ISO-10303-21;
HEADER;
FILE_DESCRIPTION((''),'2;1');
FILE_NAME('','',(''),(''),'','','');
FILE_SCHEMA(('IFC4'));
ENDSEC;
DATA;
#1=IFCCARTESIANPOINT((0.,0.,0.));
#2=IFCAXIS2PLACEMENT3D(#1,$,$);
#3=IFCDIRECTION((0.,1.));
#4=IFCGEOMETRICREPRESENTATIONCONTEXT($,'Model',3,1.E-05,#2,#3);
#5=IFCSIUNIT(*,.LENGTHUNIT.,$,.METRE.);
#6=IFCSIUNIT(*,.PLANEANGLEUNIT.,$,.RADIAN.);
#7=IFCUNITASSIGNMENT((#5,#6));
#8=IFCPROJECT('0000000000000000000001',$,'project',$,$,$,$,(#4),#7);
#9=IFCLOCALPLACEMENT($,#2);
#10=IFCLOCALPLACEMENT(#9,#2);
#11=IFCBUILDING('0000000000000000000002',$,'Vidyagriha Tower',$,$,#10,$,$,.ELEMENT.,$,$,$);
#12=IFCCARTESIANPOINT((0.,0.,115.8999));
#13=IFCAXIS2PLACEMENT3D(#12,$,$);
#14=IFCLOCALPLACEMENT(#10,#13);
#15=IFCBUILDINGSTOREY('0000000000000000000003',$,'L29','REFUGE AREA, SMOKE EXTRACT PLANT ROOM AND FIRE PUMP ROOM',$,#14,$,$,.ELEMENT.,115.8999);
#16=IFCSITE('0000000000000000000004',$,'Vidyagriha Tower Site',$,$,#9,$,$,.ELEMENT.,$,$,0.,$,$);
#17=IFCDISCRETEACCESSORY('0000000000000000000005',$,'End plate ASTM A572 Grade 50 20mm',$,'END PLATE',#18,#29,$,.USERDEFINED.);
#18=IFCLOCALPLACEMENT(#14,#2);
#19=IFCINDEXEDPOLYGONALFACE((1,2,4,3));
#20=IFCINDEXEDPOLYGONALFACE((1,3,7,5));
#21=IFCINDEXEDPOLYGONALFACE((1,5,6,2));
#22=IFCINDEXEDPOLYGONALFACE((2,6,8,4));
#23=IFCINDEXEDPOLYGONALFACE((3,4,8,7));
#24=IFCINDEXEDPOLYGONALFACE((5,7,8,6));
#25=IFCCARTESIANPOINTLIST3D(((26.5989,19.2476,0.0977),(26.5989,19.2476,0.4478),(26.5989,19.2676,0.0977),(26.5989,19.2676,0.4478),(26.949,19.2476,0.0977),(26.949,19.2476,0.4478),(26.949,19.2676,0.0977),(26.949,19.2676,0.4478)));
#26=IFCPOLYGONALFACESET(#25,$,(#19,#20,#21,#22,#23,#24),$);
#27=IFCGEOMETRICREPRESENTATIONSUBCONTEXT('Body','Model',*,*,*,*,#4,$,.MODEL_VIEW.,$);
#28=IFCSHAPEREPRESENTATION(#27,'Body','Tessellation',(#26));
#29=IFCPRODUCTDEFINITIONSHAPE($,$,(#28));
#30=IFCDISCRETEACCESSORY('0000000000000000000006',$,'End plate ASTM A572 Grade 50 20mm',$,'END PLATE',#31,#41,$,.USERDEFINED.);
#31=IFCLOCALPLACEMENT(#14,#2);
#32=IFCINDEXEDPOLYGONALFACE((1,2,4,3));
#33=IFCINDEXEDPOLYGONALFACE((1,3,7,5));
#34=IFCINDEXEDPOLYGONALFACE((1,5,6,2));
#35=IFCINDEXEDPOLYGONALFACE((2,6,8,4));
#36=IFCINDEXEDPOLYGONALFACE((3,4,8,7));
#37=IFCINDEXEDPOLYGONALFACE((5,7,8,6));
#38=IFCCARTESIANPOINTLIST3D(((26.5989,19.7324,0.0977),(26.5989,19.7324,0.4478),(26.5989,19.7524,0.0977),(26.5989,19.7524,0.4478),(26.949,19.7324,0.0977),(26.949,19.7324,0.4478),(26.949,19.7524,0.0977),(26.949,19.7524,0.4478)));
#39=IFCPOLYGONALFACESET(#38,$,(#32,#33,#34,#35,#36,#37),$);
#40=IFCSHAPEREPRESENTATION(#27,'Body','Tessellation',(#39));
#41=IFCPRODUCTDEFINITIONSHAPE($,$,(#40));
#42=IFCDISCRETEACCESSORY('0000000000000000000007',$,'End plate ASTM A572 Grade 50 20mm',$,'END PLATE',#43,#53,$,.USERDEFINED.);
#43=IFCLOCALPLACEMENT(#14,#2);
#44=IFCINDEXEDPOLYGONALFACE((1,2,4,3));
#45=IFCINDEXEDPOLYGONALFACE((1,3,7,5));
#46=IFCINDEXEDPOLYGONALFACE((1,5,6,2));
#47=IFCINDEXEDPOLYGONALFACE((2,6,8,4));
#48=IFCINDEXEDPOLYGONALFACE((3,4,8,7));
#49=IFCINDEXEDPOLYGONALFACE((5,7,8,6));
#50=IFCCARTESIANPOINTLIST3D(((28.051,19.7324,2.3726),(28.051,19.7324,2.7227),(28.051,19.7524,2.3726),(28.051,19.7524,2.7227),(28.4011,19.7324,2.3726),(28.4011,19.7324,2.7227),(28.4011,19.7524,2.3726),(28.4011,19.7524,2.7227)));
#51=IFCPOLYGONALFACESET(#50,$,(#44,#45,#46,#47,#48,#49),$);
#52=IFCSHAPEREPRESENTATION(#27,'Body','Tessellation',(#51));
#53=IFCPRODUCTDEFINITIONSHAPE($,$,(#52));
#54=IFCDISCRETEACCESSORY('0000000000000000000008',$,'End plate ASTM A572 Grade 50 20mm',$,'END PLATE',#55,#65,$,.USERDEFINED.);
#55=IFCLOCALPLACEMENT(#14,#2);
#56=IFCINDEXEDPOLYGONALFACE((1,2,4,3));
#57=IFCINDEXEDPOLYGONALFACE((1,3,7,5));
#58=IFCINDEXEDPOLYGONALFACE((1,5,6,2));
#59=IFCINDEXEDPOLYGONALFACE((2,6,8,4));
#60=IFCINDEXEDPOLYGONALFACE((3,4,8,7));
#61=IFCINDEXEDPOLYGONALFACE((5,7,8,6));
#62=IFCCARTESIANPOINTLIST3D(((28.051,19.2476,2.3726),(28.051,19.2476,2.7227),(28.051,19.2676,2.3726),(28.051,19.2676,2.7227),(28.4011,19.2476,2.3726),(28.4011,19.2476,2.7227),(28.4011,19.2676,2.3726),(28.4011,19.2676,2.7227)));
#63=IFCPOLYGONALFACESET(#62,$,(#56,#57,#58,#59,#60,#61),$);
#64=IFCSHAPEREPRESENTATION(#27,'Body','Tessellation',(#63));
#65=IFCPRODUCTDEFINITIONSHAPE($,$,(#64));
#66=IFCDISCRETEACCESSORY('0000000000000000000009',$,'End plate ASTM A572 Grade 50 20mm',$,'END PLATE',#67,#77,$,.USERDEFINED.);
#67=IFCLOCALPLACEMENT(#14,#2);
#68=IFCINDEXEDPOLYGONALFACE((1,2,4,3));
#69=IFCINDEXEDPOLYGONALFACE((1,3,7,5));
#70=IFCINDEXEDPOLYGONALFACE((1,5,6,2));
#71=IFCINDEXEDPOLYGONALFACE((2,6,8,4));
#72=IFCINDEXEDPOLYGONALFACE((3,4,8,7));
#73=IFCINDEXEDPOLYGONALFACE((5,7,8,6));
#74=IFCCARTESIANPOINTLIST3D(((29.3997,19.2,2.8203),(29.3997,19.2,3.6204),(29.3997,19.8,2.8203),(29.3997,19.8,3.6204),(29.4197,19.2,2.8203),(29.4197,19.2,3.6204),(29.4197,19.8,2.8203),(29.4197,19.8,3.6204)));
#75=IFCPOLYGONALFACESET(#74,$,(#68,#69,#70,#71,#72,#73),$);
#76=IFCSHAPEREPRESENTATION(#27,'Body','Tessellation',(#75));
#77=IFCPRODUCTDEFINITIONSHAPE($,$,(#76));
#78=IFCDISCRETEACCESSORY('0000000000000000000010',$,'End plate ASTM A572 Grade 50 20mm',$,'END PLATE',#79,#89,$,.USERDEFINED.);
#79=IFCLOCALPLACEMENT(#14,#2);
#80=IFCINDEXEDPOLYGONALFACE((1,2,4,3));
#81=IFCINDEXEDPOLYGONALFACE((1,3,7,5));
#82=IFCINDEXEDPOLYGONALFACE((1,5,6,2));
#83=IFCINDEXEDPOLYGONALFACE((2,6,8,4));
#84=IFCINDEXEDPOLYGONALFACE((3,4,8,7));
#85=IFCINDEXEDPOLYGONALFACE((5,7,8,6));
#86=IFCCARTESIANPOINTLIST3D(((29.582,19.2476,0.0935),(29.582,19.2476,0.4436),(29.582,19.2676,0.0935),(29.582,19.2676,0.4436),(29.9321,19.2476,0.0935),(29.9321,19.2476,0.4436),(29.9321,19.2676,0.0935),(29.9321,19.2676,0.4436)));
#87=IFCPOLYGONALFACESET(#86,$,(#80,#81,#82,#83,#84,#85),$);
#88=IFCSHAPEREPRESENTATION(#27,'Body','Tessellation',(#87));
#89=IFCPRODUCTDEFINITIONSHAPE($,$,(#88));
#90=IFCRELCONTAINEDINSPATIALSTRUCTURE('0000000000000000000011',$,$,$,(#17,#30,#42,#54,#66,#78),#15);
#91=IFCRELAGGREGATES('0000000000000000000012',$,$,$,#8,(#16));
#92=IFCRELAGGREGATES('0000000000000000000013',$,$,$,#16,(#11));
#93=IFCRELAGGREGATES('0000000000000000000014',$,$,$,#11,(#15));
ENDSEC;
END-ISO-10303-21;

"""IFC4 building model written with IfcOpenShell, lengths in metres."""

from ifc_helpers import new_model, si_unit, direction, frame, origin, origin_2d, place, context, subcontext, project, spatial, rectangle, extrude, element, save


model = new_model("IFC4")

# Units and contexts
model_context = context("Model", 3, precision=1e-05, world=origin(), true_north=direction((0.0, 1.0)))
body_context = subcontext(model_context, "Body", "Model", "MODEL_VIEW")
ifc_project = project(units=[si_unit("LENGTHUNIT", "METRE"), si_unit("PLANEANGLEUNIT", "RADIAN")], contexts=[model_context])

# Site, building, storey
site_placement = place(None, origin())
site = spatial("IfcSite", under=ifc_project, at=site_placement, Name="Vidyagriha Tower Site", CompositionType="ELEMENT", RefElevation=0.0)
building_placement = place(site_placement, origin())
building = spatial("IfcBuilding", under=site, at=building_placement, Name="Vidyagriha Tower", CompositionType="ELEMENT")
storey_placement = place(building_placement, frame((0.0, 0.0, 115.8999)))
storey = spatial("IfcBuildingStorey", under=building, at=storey_placement, Name="L29", Description="REFUGE AREA, SMOKE EXTRACT PLANT ROOM AND FIRE PUMP ROOM", CompositionType="ELEMENT", Elevation=115.8999)

# Discrete accessories
for number, where, z_axis, x_axis, name in (
    (1, (26.7739, 19.2576, 0.0977), (0.0, 0.0, 1.0), (-1.0, 0.0, 0.0), "End plate ASTM A572 Grade 50 20mm"),
    (2, (26.7739, 19.7424, 0.0977), (0.0, 0.0, 1.0), (-1.0, 0.0, 0.0), "End plate ASTM A572 Grade 50 20mm"),
):
    element("IfcDiscreteAccessory", number, at=place(storey_placement, frame(where, z_axis=z_axis, x_axis=x_axis)), inside=storey, Name=name, ObjectType="END PLATE", PredefinedType="USERDEFINED", context=body_context, shape_type="SweptSolid", body=[
        extrude(rectangle(XDim=0.3501, YDim=0.02, at=origin_2d()), origin(), (0.0, 0.0, 1.0), 0.3501),
    ])
for number, where, name in (
    (3, (28.2261, 19.7424, 2.3726), "End plate ASTM A572 Grade 50 20mm"),
    (4, (28.2261, 19.2576, 2.3726), "End plate ASTM A572 Grade 50 20mm"),
):
    element("IfcDiscreteAccessory", number, at=place(storey_placement, frame(where)), inside=storey, Name=name, ObjectType="END PLATE", PredefinedType="USERDEFINED", context=body_context, shape_type="SweptSolid", body=[
        extrude(rectangle(XDim=0.3501, YDim=0.02, at=origin_2d()), origin(), (0.0, 0.0, 1.0), 0.3501),
    ])
discrete_accessory_1_placement = place(storey_placement, frame((29.4097, 19.5, 2.8203), z_axis=(0.0, 0.0, 1.0), x_axis=(-1.0, 0.0, 0.0)))
element("IfcDiscreteAccessory", 5, at=discrete_accessory_1_placement, inside=storey, Name="End plate ASTM A572 Grade 50 20mm", ObjectType="END PLATE", PredefinedType="USERDEFINED", context=body_context, shape_type="SweptSolid", body=[
    extrude(rectangle(XDim=0.02, YDim=0.6001, at=origin_2d()), origin(), (0.0, 0.0, 1.0), 0.8),
])
discrete_accessory_2_placement = place(storey_placement, frame((29.7571, 19.2576, 0.0935), z_axis=(0.0, 0.0, 1.0), x_axis=(-1.0, 0.0, 0.0)))
element("IfcDiscreteAccessory", 6, at=discrete_accessory_2_placement, inside=storey, Name="End plate ASTM A572 Grade 50 20mm", ObjectType="END PLATE", PredefinedType="USERDEFINED", context=body_context, shape_type="SweptSolid", body=[
    extrude(rectangle(XDim=0.3501, YDim=0.02, at=origin_2d()), origin(), (0.0, 0.0, 1.0), 0.3501),
])

save(model, "model.ifc")
